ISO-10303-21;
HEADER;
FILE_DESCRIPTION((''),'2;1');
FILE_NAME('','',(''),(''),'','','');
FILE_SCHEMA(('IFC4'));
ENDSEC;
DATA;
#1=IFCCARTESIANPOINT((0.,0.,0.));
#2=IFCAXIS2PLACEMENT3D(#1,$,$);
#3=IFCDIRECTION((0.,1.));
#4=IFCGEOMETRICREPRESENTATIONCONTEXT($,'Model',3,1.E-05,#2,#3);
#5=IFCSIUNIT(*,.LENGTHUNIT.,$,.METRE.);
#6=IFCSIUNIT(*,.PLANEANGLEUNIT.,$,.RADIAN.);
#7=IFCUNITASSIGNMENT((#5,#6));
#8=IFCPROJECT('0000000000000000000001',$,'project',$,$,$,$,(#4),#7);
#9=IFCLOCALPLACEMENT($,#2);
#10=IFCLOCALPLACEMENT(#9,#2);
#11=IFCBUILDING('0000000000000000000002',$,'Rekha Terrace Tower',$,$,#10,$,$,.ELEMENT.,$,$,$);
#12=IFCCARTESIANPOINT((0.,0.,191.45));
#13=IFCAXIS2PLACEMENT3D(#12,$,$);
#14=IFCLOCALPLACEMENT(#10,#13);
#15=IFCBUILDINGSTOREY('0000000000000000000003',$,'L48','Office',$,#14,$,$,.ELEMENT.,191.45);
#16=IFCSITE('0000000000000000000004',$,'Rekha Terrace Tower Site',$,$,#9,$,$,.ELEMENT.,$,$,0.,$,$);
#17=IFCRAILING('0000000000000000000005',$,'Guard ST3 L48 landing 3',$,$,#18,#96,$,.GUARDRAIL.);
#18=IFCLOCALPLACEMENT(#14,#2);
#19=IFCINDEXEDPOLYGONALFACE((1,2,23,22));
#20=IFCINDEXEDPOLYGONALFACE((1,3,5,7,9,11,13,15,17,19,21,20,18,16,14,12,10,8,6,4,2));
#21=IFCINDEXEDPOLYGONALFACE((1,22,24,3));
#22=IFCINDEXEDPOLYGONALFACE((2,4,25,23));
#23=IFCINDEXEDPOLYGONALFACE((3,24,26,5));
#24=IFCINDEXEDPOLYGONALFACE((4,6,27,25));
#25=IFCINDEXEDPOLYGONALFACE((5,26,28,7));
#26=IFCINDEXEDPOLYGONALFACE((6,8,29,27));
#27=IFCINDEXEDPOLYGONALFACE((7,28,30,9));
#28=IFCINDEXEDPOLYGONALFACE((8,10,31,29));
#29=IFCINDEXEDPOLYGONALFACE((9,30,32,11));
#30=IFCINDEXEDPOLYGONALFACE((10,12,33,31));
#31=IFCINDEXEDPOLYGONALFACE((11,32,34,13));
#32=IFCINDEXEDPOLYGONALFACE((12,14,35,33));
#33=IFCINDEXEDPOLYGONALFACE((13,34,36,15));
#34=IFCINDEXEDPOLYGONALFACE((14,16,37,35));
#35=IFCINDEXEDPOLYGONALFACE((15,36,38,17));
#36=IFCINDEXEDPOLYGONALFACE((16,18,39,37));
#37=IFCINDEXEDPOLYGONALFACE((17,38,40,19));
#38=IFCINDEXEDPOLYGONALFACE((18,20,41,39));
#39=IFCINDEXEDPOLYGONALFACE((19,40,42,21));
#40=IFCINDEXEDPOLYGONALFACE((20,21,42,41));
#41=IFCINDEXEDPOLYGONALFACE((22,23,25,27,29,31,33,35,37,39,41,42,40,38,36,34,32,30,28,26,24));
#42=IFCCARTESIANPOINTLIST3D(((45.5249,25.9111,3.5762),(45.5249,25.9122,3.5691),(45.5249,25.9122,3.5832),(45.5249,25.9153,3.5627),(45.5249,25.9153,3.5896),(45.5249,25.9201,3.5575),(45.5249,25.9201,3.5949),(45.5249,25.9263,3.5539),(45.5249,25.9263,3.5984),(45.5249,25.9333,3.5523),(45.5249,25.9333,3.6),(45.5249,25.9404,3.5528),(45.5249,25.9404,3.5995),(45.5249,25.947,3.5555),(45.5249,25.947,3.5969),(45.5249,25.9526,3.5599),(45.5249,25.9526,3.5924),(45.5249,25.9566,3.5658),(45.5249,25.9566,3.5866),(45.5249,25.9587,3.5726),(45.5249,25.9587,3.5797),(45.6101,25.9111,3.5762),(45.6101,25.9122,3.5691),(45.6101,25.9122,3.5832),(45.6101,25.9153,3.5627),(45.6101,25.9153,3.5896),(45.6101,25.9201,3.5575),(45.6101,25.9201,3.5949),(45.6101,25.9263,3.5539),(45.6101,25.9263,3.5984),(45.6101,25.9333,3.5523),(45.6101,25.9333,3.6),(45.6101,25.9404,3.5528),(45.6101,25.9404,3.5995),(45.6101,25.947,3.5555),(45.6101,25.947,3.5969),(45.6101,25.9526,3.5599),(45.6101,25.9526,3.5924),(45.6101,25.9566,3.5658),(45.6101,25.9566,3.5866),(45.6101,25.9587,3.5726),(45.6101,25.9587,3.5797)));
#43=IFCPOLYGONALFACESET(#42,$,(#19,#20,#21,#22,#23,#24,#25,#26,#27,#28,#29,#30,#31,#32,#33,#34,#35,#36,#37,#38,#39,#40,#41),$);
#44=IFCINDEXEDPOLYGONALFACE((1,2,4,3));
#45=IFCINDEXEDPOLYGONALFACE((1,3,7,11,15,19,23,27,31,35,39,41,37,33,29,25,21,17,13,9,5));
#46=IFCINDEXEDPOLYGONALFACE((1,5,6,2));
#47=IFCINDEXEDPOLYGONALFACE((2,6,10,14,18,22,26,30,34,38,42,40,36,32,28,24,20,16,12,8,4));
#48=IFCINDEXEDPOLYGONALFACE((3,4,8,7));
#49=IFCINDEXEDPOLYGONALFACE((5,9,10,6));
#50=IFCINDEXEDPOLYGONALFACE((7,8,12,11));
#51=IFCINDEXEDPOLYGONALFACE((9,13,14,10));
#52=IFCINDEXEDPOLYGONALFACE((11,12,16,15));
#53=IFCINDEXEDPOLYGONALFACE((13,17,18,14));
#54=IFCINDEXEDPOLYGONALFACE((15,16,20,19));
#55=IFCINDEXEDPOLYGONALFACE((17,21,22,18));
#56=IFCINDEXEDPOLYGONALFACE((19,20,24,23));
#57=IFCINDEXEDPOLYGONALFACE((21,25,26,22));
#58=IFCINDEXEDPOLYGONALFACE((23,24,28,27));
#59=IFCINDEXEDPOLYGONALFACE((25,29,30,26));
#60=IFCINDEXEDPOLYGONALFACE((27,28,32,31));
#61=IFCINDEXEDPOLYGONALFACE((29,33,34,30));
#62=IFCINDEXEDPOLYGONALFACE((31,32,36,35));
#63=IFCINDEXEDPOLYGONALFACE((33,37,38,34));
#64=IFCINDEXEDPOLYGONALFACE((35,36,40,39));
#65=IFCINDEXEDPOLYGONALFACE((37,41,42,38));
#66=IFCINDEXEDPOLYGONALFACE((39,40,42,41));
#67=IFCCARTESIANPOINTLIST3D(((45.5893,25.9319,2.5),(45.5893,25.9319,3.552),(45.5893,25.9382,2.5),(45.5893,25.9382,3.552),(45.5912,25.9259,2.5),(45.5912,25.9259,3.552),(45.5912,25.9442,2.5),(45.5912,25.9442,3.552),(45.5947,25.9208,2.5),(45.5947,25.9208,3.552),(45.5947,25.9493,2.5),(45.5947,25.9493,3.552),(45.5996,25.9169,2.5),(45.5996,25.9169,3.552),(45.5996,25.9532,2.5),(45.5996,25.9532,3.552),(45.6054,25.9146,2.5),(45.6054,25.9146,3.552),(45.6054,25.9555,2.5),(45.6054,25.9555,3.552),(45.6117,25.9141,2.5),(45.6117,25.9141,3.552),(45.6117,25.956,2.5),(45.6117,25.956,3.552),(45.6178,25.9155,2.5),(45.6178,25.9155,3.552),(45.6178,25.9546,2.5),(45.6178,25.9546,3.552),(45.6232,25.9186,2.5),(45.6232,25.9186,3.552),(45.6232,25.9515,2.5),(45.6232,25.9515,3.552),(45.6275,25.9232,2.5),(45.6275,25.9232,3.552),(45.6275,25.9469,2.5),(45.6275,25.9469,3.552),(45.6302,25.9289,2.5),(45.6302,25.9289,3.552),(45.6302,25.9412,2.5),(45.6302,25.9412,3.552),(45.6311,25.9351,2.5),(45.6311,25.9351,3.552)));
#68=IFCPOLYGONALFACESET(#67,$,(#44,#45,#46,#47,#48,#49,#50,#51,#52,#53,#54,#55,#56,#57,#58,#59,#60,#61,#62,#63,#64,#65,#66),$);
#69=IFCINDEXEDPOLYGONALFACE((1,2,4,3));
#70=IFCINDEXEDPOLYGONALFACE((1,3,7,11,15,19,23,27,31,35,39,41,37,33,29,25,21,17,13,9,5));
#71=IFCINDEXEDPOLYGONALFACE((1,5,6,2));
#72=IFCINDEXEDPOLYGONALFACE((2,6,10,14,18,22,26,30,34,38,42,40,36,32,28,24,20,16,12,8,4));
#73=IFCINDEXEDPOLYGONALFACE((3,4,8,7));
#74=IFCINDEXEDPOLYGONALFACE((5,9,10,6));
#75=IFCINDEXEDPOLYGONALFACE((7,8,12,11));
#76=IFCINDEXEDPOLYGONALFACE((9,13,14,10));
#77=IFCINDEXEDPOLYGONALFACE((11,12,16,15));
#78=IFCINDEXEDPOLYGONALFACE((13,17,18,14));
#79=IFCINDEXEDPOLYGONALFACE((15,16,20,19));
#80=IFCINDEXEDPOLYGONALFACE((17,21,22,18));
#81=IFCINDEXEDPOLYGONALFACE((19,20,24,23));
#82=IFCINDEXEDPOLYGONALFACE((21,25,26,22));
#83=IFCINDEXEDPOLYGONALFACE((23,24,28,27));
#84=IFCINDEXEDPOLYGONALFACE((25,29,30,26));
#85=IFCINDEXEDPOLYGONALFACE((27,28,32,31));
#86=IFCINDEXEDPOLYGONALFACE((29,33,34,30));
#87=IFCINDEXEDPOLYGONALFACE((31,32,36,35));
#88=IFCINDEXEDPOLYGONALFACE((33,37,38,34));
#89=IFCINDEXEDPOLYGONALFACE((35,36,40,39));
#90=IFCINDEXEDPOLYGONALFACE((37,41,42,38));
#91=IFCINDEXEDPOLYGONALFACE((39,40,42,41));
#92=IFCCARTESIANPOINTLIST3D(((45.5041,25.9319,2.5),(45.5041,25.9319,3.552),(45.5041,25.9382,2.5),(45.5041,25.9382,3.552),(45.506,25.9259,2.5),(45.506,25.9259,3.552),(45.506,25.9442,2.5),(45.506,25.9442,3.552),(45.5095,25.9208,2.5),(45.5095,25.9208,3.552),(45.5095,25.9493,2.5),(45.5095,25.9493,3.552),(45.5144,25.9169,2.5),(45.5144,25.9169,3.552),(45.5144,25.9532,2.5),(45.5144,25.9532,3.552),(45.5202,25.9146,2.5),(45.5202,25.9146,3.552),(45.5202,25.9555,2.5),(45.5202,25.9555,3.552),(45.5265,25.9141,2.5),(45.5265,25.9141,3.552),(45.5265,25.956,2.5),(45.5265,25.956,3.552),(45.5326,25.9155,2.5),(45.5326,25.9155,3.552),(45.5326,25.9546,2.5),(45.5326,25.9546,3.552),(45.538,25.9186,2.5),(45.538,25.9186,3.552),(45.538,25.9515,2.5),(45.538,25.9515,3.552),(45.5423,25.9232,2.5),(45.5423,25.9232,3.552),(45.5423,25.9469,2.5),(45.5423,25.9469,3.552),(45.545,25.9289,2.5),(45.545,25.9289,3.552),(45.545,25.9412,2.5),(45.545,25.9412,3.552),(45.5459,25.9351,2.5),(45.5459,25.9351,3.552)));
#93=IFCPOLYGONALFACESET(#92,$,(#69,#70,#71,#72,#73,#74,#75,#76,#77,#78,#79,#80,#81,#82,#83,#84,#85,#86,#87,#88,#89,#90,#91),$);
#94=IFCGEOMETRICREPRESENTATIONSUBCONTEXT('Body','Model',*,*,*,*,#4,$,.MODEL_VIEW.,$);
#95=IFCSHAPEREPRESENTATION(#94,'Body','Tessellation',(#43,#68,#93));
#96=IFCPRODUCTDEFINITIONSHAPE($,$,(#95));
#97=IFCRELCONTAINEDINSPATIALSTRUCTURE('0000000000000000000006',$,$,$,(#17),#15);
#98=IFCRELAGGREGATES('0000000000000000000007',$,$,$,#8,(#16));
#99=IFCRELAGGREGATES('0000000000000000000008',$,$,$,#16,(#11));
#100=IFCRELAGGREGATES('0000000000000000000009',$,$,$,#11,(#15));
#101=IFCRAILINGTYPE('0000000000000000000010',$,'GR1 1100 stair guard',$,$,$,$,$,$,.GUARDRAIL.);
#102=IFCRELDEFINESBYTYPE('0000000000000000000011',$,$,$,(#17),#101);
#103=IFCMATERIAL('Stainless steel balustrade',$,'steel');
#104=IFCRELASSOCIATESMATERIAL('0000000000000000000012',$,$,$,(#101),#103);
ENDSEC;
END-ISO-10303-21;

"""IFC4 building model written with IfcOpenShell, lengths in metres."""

from ifc_helpers import new_model, si_unit, direction, frame, origin, origin_2d, place, context, subcontext, project, spatial, circle, extrude, material, type_object, element, save


model = new_model("IFC4")

# Units and contexts
model_context = context("Model", 3, precision=1e-05, world=origin(), true_north=direction((0.0, 1.0)))
body_context = subcontext(model_context, "Body", "Model", "MODEL_VIEW")
ifc_project = project(units=[si_unit("LENGTHUNIT", "METRE"), si_unit("PLANEANGLEUNIT", "RADIAN")], contexts=[model_context])

# Site, building, storey
site_placement = place(None, origin())
site = spatial("IfcSite", under=ifc_project, at=site_placement, Name="Rekha Terrace Tower Site", CompositionType="ELEMENT", RefElevation=0.0)
building_placement = place(site_placement, origin())
building = spatial("IfcBuilding", under=site, at=building_placement, Name="Rekha Terrace Tower", CompositionType="ELEMENT")
storey_placement = place(building_placement, frame((0.0, 0.0, 191.45)))
storey = spatial("IfcBuildingStorey", under=building, at=storey_placement, Name="L48", Description="Office", CompositionType="ELEMENT", Elevation=191.45)

# Railing
ifc_material_1 = material(Name="Stainless steel balustrade", Category="steel")
railing_type_1 = type_object("IfcRailingType", Name="GR1 1100 stair guard", PredefinedType="GUARDRAIL", material=ifc_material_1)
railing_1_placement = place(storey_placement, frame((45.6101, 25.9351, 2.5)))
element("IfcRailing", 1, at=railing_1_placement, inside=storey, type_object=railing_type_1, Name="Guard ST3 L48 landing 3", PredefinedType="GUARDRAIL", context=body_context, shape_type="SweptSolid", body=[
    extrude(circle(Radius=0.0239, at=origin_2d()), frame((0.0, 0.0, 1.0762), z_axis=(-1.0, 0.0, 0.0), x_axis=(0.0, -1.0, 0.0)), (0.0, 0.0, 1.0), 0.0852),
    extrude(circle(Radius=0.021, at=origin_2d()), origin(), (0.0, 0.0, 1.0), 1.052),
    extrude(circle(Radius=0.021, at=origin_2d()), frame((-0.0852, 0.0, 0.0)), (0.0, 0.0, 1.0), 1.052),
])

save(model, "model.ifc")
